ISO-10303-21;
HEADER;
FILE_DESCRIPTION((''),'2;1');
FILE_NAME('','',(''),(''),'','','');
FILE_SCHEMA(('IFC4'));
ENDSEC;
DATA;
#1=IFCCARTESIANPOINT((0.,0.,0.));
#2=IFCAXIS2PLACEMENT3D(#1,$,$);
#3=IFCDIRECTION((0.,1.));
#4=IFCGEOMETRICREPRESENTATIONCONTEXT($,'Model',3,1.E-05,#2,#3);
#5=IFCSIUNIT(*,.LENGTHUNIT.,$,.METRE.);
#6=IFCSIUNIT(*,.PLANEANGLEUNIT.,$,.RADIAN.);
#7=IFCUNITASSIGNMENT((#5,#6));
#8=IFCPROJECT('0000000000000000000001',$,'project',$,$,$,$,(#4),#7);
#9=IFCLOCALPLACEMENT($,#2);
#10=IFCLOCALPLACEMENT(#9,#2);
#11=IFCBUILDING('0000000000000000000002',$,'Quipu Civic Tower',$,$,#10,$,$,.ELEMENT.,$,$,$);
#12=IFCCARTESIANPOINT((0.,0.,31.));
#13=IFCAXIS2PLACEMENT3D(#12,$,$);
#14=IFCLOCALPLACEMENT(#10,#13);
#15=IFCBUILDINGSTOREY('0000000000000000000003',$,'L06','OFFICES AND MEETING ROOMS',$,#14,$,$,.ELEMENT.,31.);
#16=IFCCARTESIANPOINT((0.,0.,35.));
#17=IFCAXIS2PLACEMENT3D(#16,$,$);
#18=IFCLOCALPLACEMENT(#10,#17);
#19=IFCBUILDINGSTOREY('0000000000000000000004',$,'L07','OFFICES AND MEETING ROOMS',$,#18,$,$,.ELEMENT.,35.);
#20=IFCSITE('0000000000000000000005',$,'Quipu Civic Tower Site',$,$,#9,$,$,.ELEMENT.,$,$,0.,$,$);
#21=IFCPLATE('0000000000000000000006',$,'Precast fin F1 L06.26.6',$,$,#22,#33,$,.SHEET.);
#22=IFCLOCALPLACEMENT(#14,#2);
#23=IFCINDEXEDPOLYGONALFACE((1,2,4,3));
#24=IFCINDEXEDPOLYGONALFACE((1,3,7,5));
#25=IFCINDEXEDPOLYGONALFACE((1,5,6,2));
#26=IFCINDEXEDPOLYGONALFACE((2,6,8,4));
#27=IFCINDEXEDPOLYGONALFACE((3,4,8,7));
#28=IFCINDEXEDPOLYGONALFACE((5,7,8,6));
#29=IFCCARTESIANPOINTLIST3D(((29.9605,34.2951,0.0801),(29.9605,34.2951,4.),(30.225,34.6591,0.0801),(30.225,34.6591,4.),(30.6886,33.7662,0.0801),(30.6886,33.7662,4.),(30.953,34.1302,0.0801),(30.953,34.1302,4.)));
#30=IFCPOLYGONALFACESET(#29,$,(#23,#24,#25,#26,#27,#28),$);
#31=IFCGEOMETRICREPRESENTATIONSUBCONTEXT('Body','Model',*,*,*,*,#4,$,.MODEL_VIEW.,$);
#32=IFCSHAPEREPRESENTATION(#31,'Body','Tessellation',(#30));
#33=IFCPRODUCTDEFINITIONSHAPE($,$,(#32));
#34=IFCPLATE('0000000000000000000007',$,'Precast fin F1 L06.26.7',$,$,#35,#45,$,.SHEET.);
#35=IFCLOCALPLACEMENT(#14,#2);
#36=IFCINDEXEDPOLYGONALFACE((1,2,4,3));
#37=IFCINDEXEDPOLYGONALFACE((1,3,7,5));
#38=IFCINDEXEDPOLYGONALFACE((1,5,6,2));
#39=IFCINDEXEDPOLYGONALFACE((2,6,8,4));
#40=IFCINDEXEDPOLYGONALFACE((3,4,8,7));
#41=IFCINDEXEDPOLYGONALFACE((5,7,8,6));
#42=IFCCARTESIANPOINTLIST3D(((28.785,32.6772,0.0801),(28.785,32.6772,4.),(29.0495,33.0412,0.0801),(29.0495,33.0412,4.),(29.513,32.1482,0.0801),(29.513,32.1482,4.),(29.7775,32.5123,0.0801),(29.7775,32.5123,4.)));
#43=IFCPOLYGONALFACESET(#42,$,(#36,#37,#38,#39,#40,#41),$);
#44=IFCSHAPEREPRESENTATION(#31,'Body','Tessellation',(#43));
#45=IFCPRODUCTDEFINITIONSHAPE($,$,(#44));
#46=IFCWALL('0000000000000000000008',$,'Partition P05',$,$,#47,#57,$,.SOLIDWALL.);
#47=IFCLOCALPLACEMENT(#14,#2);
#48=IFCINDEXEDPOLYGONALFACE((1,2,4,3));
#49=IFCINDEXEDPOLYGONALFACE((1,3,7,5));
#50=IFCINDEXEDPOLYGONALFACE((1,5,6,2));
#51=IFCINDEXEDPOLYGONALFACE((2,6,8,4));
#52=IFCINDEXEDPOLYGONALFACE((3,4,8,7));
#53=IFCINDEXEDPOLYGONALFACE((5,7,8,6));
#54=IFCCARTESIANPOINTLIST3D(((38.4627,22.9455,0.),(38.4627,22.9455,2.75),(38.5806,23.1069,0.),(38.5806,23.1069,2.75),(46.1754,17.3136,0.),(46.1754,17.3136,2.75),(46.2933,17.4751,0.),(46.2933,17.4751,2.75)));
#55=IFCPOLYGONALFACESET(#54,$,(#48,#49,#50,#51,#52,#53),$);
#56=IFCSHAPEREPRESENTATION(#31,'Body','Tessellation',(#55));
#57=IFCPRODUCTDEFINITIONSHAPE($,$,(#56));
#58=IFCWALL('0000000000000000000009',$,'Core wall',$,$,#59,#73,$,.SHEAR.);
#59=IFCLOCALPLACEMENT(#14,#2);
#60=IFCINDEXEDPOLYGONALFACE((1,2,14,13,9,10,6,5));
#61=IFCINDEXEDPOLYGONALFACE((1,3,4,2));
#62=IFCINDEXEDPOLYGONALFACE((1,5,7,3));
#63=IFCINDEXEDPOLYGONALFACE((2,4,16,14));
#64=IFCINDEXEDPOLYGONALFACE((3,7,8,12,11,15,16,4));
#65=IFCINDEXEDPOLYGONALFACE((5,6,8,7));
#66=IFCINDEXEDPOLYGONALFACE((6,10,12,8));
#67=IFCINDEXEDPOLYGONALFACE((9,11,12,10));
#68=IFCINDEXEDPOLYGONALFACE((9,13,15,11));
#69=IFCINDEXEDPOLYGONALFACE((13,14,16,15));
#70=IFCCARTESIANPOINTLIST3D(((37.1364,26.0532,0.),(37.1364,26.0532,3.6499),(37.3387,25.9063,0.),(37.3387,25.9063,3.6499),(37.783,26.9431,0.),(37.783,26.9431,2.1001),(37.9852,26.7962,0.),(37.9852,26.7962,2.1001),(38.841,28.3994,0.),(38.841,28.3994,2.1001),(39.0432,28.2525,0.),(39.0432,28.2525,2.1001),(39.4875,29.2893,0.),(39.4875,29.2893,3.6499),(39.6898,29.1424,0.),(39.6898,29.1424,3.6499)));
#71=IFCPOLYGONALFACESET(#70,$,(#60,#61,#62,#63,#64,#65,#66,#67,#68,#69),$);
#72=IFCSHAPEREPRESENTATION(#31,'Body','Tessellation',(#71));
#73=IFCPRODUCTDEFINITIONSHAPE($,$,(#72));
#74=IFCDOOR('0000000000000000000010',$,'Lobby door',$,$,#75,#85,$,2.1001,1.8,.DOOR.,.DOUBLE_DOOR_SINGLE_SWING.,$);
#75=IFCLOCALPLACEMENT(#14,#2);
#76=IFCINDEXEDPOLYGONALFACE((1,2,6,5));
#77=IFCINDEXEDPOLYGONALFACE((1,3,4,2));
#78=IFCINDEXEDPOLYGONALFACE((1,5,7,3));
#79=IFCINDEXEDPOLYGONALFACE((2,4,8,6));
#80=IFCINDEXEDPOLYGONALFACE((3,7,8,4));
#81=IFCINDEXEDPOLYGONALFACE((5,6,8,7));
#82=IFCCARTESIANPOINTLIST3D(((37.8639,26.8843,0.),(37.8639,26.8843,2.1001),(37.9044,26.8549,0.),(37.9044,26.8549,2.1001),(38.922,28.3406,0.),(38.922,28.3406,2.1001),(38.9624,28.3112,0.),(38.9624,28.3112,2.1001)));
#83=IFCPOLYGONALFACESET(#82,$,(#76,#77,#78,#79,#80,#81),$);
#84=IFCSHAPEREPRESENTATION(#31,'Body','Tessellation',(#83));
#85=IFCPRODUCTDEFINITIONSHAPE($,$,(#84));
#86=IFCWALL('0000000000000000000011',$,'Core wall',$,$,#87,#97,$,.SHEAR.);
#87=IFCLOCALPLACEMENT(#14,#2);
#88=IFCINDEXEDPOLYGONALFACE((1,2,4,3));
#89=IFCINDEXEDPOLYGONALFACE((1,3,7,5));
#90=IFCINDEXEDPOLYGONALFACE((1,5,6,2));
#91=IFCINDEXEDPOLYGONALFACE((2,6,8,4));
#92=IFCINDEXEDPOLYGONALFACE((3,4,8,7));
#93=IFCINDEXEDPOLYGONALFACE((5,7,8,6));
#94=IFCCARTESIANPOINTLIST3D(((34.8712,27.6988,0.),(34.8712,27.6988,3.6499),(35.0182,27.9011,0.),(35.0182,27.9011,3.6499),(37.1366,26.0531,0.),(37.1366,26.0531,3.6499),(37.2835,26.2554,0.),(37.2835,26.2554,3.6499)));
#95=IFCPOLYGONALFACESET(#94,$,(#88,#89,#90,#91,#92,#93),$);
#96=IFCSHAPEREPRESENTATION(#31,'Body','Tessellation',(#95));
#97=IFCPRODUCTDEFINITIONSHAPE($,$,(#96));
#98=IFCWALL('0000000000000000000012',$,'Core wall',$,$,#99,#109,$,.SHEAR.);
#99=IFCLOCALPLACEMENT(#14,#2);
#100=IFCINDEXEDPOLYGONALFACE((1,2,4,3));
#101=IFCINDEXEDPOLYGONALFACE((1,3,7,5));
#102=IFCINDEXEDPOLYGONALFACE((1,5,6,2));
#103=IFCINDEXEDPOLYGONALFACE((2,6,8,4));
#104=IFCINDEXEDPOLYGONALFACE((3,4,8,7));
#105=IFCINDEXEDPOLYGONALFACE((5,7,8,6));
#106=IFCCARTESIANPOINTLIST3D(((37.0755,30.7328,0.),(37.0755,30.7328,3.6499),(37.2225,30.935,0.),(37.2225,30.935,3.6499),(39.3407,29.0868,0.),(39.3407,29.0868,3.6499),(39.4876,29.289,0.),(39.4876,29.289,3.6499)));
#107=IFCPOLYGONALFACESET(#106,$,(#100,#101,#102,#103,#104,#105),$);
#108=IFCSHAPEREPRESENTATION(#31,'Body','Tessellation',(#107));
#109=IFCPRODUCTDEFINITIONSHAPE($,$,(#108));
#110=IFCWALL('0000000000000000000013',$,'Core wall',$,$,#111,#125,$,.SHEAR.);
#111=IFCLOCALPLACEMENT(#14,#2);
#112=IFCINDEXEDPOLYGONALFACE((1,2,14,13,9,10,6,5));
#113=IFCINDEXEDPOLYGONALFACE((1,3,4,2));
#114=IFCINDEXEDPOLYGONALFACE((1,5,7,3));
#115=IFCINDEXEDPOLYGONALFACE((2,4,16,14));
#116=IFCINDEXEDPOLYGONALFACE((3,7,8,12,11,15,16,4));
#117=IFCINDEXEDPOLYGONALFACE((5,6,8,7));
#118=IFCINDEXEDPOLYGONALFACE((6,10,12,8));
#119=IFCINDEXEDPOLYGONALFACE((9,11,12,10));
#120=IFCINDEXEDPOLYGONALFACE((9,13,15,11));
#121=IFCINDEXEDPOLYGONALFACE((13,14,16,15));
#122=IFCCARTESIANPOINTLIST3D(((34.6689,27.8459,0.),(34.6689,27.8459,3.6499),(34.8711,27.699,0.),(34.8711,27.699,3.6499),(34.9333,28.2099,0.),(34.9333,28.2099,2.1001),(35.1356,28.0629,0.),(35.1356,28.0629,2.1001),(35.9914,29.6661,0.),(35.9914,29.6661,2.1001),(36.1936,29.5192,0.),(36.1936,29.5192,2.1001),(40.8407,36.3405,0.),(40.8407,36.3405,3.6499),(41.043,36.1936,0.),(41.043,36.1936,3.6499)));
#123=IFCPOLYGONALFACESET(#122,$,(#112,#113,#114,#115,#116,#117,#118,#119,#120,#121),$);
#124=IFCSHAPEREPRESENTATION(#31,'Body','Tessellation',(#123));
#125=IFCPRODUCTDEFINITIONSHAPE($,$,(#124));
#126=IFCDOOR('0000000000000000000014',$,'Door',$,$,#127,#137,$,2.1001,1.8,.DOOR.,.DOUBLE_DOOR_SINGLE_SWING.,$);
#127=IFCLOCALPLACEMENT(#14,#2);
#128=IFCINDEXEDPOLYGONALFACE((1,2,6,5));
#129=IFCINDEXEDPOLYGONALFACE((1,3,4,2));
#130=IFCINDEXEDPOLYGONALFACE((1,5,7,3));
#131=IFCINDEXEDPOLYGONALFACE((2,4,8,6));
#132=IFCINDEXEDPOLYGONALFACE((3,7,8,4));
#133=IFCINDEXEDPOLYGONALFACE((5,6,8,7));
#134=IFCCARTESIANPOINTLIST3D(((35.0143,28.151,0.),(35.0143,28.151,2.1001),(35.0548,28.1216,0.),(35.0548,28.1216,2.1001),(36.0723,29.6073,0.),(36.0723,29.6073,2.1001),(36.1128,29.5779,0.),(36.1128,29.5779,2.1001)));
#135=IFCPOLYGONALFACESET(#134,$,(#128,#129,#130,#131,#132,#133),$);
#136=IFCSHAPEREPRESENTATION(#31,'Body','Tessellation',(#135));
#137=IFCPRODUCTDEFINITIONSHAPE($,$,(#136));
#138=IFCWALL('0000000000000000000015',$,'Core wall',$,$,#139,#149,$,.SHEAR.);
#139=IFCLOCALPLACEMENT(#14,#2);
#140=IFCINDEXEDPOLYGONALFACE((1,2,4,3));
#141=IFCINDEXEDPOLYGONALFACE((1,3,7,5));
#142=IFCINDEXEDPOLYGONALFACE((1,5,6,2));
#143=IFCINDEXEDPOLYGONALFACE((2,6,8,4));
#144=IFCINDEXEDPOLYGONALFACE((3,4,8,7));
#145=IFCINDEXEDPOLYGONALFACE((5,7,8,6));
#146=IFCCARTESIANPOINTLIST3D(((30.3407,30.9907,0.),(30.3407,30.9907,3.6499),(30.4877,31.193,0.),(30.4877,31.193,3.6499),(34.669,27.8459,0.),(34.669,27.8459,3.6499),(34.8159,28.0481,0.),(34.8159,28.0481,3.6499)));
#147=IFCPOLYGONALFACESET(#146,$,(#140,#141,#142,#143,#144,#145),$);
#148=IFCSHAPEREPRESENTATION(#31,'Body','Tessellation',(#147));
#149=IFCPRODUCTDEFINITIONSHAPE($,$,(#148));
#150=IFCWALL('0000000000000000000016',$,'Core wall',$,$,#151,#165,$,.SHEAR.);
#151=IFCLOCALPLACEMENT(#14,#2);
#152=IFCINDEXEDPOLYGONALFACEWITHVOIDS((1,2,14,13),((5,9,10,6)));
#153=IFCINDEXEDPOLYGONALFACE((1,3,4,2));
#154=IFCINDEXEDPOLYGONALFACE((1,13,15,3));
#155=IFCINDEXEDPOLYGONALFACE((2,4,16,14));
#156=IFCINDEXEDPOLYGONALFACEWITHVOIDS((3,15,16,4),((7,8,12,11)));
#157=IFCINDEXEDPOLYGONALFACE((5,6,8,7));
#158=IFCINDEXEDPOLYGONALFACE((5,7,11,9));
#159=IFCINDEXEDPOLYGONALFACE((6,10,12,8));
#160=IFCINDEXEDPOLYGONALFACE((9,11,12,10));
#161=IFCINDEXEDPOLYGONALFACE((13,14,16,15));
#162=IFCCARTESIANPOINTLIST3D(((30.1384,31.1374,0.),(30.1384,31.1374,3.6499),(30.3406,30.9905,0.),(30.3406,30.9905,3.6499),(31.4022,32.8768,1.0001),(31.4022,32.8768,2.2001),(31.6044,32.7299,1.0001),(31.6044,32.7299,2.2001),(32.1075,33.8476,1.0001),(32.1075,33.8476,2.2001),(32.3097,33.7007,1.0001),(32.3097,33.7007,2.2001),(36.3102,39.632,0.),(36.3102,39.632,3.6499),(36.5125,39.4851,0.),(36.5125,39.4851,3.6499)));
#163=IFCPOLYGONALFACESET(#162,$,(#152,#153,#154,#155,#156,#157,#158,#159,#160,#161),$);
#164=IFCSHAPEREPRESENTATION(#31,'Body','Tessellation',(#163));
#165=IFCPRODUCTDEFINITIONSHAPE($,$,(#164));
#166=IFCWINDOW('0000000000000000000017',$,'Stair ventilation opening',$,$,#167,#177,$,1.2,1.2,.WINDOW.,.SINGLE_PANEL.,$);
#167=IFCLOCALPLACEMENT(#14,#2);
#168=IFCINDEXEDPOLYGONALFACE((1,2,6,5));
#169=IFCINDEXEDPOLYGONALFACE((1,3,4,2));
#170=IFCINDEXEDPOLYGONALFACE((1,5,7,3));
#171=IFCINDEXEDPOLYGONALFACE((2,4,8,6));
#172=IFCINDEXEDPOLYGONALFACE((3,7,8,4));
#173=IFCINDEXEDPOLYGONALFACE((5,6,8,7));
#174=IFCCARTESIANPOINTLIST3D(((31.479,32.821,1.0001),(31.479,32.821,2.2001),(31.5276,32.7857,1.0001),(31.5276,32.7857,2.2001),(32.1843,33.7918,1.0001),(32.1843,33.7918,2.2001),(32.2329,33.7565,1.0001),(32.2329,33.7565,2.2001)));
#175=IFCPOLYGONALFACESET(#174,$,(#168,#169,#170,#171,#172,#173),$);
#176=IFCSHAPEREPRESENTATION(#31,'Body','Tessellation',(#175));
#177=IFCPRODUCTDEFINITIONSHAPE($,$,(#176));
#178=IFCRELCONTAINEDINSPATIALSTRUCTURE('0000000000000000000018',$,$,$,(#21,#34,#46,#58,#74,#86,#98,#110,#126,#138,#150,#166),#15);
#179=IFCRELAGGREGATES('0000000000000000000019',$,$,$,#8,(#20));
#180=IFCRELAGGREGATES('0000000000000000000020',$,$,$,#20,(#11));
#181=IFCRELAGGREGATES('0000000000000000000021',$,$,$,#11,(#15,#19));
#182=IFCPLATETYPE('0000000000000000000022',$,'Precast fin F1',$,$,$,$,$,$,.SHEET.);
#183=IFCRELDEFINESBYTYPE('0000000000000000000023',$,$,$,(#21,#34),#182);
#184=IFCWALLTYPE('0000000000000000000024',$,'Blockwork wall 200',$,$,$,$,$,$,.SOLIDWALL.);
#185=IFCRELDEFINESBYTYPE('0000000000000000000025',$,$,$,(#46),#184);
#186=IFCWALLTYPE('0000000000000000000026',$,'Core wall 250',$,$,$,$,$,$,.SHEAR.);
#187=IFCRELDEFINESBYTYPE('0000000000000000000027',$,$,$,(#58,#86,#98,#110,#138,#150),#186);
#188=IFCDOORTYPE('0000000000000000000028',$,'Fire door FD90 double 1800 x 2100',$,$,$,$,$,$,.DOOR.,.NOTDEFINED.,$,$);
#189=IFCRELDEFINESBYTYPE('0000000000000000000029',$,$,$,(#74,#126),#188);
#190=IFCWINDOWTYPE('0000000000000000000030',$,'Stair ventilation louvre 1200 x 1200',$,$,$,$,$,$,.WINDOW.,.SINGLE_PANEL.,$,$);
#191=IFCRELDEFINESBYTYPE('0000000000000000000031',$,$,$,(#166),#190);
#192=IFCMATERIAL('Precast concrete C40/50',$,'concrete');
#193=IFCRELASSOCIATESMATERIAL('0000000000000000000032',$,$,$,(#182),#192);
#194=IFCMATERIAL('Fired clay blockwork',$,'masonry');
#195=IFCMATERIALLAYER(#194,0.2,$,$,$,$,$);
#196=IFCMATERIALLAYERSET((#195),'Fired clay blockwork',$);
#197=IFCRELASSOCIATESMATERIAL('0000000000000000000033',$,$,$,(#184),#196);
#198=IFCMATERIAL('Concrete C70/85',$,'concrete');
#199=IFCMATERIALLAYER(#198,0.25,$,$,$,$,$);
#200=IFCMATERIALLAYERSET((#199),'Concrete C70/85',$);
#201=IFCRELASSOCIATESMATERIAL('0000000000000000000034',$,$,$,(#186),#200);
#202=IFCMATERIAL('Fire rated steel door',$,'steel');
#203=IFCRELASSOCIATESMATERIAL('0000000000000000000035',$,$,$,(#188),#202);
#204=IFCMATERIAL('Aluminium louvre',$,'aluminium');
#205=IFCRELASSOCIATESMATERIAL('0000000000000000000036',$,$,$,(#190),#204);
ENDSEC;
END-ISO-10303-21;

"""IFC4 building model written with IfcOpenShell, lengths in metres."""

from ifc_helpers import new_model, si_unit, direction, frame, frame_2d, origin, origin_2d, place, context, subcontext, project, spatial, rectangle, extrude, material, layer, layer_set, type_object, element, fill, save


model = new_model("IFC4")

# Units and contexts
model_context = context("Model", 3, precision=1e-05, world=origin(), true_north=direction((0.0, 1.0)))
body_context = subcontext(model_context, "Body", "Model", "MODEL_VIEW")
ifc_project = project(units=[si_unit("LENGTHUNIT", "METRE"), si_unit("PLANEANGLEUNIT", "RADIAN")], contexts=[model_context])

# Site, building, storey
site_placement = place(None, origin())
site = spatial("IfcSite", under=ifc_project, at=site_placement, Name="Quipu Civic Tower Site", CompositionType="ELEMENT", RefElevation=0.0)
building_placement = place(site_placement, origin())
building = spatial("IfcBuilding", under=site, at=building_placement, Name="Quipu Civic Tower", CompositionType="ELEMENT")
storey_1_placement = place(building_placement, frame((0.0, 0.0, 31.0)))
storey_1 = spatial("IfcBuildingStorey", under=building, at=storey_1_placement, Name="L06", Description="OFFICES AND MEETING ROOMS", CompositionType="ELEMENT", Elevation=31.0)

# Shared definitions
storey_2_placement = place(building_placement, frame((0.0, 0.0, 35.0)))
storey_2 = spatial("IfcBuildingStorey", under=building, at=storey_2_placement, Name="L07", Description="OFFICES AND MEETING ROOMS", CompositionType="ELEMENT", Elevation=35.0)

# Plates
ifc_material_1 = material(Name="Precast concrete C40/50", Category="concrete")
plate_type_1 = type_object("IfcPlateType", Name="Precast fin F1", PredefinedType="SHEET", material=ifc_material_1)
for number, where, z_axis, x_axis, name in (
    (1, (30.4568, 34.2126, 0.0801), (0.0, 0.0, 1.0), (-0.587785, -0.809017, 0.0), "Precast fin F1 L06.26.6"),
    (2, (29.2812, 32.5947, 0.0801), (0.0, 0.0, 1.0), (-0.587785, -0.809017, 0.0), "Precast fin F1 L06.26.7"),
):
    element("IfcPlate", number, at=place(storey_1_placement, frame(where, z_axis=z_axis, x_axis=x_axis)), inside=storey_1, type_object=plate_type_1, Name=name, PredefinedType="SHEET", context=body_context, shape_type="SweptSolid", body=[
        extrude(rectangle(XDim=0.45, YDim=0.8999, at=origin_2d()), origin(), (0.0, 0.0, 1.0), 3.9199),
    ])

# Wall
ifc_material_2 = material(Name="Fired clay blockwork", Category="masonry")
ifc_layer_1 = layer(ifc_material_2, 0.2)
ifc_layer_set_1 = layer_set([ifc_layer_1], Name="Fired clay blockwork")
wall_type_1 = type_object("IfcWallType", Name="Blockwork wall 200", PredefinedType="SOLIDWALL", material=ifc_layer_set_1)
wall_1_placement = place(storey_1_placement, frame((38.5217, 23.0261, 0.0), z_axis=(0.0, 0.0, 1.0), x_axis=(0.807607, -0.589721, 0.0)))
element("IfcWall", 3, at=wall_1_placement, inside=storey_1, type_object=wall_type_1, Name="Partition P05", PredefinedType="SOLIDWALL", context=body_context, shape_type="SweptSolid", body=[
    extrude(rectangle(XDim=9.55, YDim=0.2, at=frame_2d((4.7749, 0.0))), origin(), (0.0, 0.0, 1.0), 2.75),
])

# Wall, opening, door
ifc_material_3 = material(Name="Concrete C70/85", Category="concrete")
ifc_layer_2 = layer(ifc_material_3, 0.25)
ifc_layer_set_2 = layer_set([ifc_layer_2], Name="Concrete C70/85")
wall_type_2 = type_object("IfcWallType", Name="Core wall 250", PredefinedType="SHEAR", material=ifc_layer_set_2)
wall_2_placement = place(storey_1_placement, frame((37.2375, 25.9797, 0.0), z_axis=(0.0, 0.0, 1.0), x_axis=(0.587772, 0.809026, 0.0)))
wall_2 = element("IfcWall", 4, at=wall_2_placement, inside=storey_1, type_object=wall_type_2, Name="Core wall", PredefinedType="SHEAR", context=body_context, shape_type="SweptSolid", body=[
    extrude(rectangle(XDim=4.0, YDim=0.25, at=frame_2d((2.0, 0.0))), origin(), (0.0, 0.0, 1.0), 3.6499),
])
opening_1_placement = place(wall_2_placement, frame((1.1001, 0.0, 0.0)))
opening_1 = element("IfcOpeningElement", 5, at=opening_1_placement, cuts=wall_2, PredefinedType="OPENING", context=body_context, shape_type="SweptSolid", body=[
    extrude(rectangle(XDim=1.8, YDim=2.1001, at=frame_2d((0.8999, 1.05))), frame((0.0, 0.135, 0.0), z_axis=(0.0, -1.0, 0.0), x_axis=(1.0, 0.0, 0.0)), (0.0, 0.0, 1.0), 0.27),
])
ifc_material_4 = material(Name="Fire rated steel door", Category="steel")
door_type_1 = type_object("IfcDoorType", Name="Fire door FD90 double 1800 x 2100", OperationType="NOTDEFINED", PredefinedType="DOOR", material=ifc_material_4)
door_1_placement = place(opening_1_placement, origin())
door_1 = element("IfcDoor", 6, at=door_1_placement, inside=storey_1, type_object=door_type_1, Name="Lobby door", OperationType="DOUBLE_DOOR_SINGLE_SWING", OverallHeight=2.1001, OverallWidth=1.8, PredefinedType="DOOR", context=body_context, shape_type="SweptSolid", body=[
    extrude(rectangle(XDim=1.8, YDim=2.1001, at=frame_2d((0.8999, 1.05))), frame((0.0, 0.0249, 0.0), z_axis=(0.0, -1.0, 0.0), x_axis=(1.0, 0.0, 0.0)), (0.0, 0.0, 1.0), 0.05),
])
fill(opening_1, door_1)

# Walls
for number, where, z_axis, x_axis, name in (
    (7, (37.21, 26.1543, 0.0), (0.0, 0.0, 1.0), (-0.809041, 0.587752, 0.0), "Core wall"),
    (8, (39.4141, 29.188, 0.0), (0.0, 0.0, 1.0), (-0.80897, 0.58785, 0.0), "Core wall"),
):
    element("IfcWall", number, at=place(storey_1_placement, frame(where, z_axis=z_axis, x_axis=x_axis)), inside=storey_1, type_object=wall_type_2, Name=name, PredefinedType="SHEAR", context=body_context, shape_type="SweptSolid", body=[
        extrude(rectangle(XDim=2.8, YDim=0.25, at=frame_2d((1.3999, 0.0))), origin(), (0.0, 0.0, 1.0), 3.6499),
    ])

# Wall, opening, door
wall_3_placement = place(storey_1_placement, frame((34.77, 27.7725, 0.0), z_axis=(0.0, 0.0, 1.0), x_axis=(0.587796, 0.809009, 0.0)))
wall_3 = element("IfcWall", 9, at=wall_3_placement, inside=storey_1, type_object=wall_type_2, Name="Core wall", PredefinedType="SHEAR", context=body_context, shape_type="SweptSolid", body=[
    extrude(rectangle(XDim=10.5, YDim=0.25, at=frame_2d((5.25, 0.0))), origin(), (0.0, 0.0, 1.0), 3.6499),
])
opening_2_placement = place(wall_3_placement, frame((0.45, 0.0, 0.0)))
opening_2 = element("IfcOpeningElement", 10, at=opening_2_placement, cuts=wall_3, PredefinedType="OPENING", context=body_context, shape_type="SweptSolid", body=[
    extrude(rectangle(XDim=1.8, YDim=2.1001, at=frame_2d((0.8999, 1.05))), frame((0.0, 0.135, 0.0), z_axis=(0.0, -1.0, 0.0), x_axis=(1.0, 0.0, 0.0)), (0.0, 0.0, 1.0), 0.27),
])
door_2_placement = place(opening_2_placement, origin())
door_2 = element("IfcDoor", 11, at=door_2_placement, inside=storey_1, type_object=door_type_1, Name="Door", OperationType="DOUBLE_DOOR_SINGLE_SWING", OverallHeight=2.1001, OverallWidth=1.8, PredefinedType="DOOR", context=body_context, shape_type="SweptSolid", body=[
    extrude(rectangle(XDim=1.8, YDim=2.1001, at=frame_2d((0.8999, 1.05))), frame((0.0, 0.0249, 0.0), z_axis=(0.0, -1.0, 0.0), x_axis=(1.0, 0.0, 0.0)), (0.0, 0.0, 1.0), 0.05),
])
fill(opening_2, door_2)

# Wall
wall_4_placement = place(storey_1_placement, frame((34.7424, 27.947, 0.0), z_axis=(0.0, 0.0, 1.0), x_axis=(-0.808998, 0.587811, 0.0)))
element("IfcWall", 12, at=wall_4_placement, inside=storey_1, type_object=wall_type_2, Name="Core wall", PredefinedType="SHEAR", context=body_context, shape_type="SweptSolid", body=[
    extrude(rectangle(XDim=5.3501, YDim=0.25, at=frame_2d((2.675, 0.0))), origin(), (0.0, 0.0, 1.0), 3.6499),
])

# Wall, opening, window
wall_5_placement = place(storey_1_placement, frame((30.2395, 31.064, 0.0), z_axis=(0.0, 0.0, 1.0), x_axis=(0.587796, 0.809009, 0.0)))
wall_5 = element("IfcWall", 13, at=wall_5_placement, inside=storey_1, type_object=wall_type_2, Name="Core wall", PredefinedType="SHEAR", context=body_context, shape_type="SweptSolid", body=[
    extrude(rectangle(XDim=10.5, YDim=0.25, at=frame_2d((5.25, 0.0))), origin(), (0.0, 0.0, 1.0), 3.6499),
])
opening_3_placement = place(wall_5_placement, frame((2.1499, 0.0, 1.0)))
opening_3 = element("IfcOpeningElement", 14, at=opening_3_placement, cuts=wall_5, PredefinedType="OPENING", context=body_context, shape_type="SweptSolid", body=[
    extrude(rectangle(XDim=1.2, YDim=1.2, at=frame_2d((0.6001, 0.6001))), frame((0.0, 0.135, 0.0), z_axis=(0.0, -1.0, 0.0), x_axis=(1.0, 0.0, 0.0)), (0.0, 0.0, 1.0), 0.27),
])
ifc_material_5 = material(Name="Aluminium louvre", Category="aluminium")
window_type = type_object("IfcWindowType", Name="Stair ventilation louvre 1200 x 1200", PartitioningType="SINGLE_PANEL", PredefinedType="WINDOW", material=ifc_material_5)
window_placement = place(opening_3_placement, origin())
window = element("IfcWindow", 15, at=window_placement, inside=storey_1, type_object=window_type, Name="Stair ventilation opening", OverallHeight=1.2, OverallWidth=1.2, PartitioningType="SINGLE_PANEL", PredefinedType="WINDOW", context=body_context, shape_type="SweptSolid", body=[
    extrude(rectangle(XDim=1.2, YDim=1.2, at=frame_2d((0.6001, 0.6001))), frame((0.0, 0.03, 0.0), z_axis=(0.0, -1.0, 0.0), x_axis=(1.0, 0.0, 0.0)), (0.0, 0.0, 1.0), 0.0601),
])
fill(opening_3, window)

save(model, "model.ifc")
